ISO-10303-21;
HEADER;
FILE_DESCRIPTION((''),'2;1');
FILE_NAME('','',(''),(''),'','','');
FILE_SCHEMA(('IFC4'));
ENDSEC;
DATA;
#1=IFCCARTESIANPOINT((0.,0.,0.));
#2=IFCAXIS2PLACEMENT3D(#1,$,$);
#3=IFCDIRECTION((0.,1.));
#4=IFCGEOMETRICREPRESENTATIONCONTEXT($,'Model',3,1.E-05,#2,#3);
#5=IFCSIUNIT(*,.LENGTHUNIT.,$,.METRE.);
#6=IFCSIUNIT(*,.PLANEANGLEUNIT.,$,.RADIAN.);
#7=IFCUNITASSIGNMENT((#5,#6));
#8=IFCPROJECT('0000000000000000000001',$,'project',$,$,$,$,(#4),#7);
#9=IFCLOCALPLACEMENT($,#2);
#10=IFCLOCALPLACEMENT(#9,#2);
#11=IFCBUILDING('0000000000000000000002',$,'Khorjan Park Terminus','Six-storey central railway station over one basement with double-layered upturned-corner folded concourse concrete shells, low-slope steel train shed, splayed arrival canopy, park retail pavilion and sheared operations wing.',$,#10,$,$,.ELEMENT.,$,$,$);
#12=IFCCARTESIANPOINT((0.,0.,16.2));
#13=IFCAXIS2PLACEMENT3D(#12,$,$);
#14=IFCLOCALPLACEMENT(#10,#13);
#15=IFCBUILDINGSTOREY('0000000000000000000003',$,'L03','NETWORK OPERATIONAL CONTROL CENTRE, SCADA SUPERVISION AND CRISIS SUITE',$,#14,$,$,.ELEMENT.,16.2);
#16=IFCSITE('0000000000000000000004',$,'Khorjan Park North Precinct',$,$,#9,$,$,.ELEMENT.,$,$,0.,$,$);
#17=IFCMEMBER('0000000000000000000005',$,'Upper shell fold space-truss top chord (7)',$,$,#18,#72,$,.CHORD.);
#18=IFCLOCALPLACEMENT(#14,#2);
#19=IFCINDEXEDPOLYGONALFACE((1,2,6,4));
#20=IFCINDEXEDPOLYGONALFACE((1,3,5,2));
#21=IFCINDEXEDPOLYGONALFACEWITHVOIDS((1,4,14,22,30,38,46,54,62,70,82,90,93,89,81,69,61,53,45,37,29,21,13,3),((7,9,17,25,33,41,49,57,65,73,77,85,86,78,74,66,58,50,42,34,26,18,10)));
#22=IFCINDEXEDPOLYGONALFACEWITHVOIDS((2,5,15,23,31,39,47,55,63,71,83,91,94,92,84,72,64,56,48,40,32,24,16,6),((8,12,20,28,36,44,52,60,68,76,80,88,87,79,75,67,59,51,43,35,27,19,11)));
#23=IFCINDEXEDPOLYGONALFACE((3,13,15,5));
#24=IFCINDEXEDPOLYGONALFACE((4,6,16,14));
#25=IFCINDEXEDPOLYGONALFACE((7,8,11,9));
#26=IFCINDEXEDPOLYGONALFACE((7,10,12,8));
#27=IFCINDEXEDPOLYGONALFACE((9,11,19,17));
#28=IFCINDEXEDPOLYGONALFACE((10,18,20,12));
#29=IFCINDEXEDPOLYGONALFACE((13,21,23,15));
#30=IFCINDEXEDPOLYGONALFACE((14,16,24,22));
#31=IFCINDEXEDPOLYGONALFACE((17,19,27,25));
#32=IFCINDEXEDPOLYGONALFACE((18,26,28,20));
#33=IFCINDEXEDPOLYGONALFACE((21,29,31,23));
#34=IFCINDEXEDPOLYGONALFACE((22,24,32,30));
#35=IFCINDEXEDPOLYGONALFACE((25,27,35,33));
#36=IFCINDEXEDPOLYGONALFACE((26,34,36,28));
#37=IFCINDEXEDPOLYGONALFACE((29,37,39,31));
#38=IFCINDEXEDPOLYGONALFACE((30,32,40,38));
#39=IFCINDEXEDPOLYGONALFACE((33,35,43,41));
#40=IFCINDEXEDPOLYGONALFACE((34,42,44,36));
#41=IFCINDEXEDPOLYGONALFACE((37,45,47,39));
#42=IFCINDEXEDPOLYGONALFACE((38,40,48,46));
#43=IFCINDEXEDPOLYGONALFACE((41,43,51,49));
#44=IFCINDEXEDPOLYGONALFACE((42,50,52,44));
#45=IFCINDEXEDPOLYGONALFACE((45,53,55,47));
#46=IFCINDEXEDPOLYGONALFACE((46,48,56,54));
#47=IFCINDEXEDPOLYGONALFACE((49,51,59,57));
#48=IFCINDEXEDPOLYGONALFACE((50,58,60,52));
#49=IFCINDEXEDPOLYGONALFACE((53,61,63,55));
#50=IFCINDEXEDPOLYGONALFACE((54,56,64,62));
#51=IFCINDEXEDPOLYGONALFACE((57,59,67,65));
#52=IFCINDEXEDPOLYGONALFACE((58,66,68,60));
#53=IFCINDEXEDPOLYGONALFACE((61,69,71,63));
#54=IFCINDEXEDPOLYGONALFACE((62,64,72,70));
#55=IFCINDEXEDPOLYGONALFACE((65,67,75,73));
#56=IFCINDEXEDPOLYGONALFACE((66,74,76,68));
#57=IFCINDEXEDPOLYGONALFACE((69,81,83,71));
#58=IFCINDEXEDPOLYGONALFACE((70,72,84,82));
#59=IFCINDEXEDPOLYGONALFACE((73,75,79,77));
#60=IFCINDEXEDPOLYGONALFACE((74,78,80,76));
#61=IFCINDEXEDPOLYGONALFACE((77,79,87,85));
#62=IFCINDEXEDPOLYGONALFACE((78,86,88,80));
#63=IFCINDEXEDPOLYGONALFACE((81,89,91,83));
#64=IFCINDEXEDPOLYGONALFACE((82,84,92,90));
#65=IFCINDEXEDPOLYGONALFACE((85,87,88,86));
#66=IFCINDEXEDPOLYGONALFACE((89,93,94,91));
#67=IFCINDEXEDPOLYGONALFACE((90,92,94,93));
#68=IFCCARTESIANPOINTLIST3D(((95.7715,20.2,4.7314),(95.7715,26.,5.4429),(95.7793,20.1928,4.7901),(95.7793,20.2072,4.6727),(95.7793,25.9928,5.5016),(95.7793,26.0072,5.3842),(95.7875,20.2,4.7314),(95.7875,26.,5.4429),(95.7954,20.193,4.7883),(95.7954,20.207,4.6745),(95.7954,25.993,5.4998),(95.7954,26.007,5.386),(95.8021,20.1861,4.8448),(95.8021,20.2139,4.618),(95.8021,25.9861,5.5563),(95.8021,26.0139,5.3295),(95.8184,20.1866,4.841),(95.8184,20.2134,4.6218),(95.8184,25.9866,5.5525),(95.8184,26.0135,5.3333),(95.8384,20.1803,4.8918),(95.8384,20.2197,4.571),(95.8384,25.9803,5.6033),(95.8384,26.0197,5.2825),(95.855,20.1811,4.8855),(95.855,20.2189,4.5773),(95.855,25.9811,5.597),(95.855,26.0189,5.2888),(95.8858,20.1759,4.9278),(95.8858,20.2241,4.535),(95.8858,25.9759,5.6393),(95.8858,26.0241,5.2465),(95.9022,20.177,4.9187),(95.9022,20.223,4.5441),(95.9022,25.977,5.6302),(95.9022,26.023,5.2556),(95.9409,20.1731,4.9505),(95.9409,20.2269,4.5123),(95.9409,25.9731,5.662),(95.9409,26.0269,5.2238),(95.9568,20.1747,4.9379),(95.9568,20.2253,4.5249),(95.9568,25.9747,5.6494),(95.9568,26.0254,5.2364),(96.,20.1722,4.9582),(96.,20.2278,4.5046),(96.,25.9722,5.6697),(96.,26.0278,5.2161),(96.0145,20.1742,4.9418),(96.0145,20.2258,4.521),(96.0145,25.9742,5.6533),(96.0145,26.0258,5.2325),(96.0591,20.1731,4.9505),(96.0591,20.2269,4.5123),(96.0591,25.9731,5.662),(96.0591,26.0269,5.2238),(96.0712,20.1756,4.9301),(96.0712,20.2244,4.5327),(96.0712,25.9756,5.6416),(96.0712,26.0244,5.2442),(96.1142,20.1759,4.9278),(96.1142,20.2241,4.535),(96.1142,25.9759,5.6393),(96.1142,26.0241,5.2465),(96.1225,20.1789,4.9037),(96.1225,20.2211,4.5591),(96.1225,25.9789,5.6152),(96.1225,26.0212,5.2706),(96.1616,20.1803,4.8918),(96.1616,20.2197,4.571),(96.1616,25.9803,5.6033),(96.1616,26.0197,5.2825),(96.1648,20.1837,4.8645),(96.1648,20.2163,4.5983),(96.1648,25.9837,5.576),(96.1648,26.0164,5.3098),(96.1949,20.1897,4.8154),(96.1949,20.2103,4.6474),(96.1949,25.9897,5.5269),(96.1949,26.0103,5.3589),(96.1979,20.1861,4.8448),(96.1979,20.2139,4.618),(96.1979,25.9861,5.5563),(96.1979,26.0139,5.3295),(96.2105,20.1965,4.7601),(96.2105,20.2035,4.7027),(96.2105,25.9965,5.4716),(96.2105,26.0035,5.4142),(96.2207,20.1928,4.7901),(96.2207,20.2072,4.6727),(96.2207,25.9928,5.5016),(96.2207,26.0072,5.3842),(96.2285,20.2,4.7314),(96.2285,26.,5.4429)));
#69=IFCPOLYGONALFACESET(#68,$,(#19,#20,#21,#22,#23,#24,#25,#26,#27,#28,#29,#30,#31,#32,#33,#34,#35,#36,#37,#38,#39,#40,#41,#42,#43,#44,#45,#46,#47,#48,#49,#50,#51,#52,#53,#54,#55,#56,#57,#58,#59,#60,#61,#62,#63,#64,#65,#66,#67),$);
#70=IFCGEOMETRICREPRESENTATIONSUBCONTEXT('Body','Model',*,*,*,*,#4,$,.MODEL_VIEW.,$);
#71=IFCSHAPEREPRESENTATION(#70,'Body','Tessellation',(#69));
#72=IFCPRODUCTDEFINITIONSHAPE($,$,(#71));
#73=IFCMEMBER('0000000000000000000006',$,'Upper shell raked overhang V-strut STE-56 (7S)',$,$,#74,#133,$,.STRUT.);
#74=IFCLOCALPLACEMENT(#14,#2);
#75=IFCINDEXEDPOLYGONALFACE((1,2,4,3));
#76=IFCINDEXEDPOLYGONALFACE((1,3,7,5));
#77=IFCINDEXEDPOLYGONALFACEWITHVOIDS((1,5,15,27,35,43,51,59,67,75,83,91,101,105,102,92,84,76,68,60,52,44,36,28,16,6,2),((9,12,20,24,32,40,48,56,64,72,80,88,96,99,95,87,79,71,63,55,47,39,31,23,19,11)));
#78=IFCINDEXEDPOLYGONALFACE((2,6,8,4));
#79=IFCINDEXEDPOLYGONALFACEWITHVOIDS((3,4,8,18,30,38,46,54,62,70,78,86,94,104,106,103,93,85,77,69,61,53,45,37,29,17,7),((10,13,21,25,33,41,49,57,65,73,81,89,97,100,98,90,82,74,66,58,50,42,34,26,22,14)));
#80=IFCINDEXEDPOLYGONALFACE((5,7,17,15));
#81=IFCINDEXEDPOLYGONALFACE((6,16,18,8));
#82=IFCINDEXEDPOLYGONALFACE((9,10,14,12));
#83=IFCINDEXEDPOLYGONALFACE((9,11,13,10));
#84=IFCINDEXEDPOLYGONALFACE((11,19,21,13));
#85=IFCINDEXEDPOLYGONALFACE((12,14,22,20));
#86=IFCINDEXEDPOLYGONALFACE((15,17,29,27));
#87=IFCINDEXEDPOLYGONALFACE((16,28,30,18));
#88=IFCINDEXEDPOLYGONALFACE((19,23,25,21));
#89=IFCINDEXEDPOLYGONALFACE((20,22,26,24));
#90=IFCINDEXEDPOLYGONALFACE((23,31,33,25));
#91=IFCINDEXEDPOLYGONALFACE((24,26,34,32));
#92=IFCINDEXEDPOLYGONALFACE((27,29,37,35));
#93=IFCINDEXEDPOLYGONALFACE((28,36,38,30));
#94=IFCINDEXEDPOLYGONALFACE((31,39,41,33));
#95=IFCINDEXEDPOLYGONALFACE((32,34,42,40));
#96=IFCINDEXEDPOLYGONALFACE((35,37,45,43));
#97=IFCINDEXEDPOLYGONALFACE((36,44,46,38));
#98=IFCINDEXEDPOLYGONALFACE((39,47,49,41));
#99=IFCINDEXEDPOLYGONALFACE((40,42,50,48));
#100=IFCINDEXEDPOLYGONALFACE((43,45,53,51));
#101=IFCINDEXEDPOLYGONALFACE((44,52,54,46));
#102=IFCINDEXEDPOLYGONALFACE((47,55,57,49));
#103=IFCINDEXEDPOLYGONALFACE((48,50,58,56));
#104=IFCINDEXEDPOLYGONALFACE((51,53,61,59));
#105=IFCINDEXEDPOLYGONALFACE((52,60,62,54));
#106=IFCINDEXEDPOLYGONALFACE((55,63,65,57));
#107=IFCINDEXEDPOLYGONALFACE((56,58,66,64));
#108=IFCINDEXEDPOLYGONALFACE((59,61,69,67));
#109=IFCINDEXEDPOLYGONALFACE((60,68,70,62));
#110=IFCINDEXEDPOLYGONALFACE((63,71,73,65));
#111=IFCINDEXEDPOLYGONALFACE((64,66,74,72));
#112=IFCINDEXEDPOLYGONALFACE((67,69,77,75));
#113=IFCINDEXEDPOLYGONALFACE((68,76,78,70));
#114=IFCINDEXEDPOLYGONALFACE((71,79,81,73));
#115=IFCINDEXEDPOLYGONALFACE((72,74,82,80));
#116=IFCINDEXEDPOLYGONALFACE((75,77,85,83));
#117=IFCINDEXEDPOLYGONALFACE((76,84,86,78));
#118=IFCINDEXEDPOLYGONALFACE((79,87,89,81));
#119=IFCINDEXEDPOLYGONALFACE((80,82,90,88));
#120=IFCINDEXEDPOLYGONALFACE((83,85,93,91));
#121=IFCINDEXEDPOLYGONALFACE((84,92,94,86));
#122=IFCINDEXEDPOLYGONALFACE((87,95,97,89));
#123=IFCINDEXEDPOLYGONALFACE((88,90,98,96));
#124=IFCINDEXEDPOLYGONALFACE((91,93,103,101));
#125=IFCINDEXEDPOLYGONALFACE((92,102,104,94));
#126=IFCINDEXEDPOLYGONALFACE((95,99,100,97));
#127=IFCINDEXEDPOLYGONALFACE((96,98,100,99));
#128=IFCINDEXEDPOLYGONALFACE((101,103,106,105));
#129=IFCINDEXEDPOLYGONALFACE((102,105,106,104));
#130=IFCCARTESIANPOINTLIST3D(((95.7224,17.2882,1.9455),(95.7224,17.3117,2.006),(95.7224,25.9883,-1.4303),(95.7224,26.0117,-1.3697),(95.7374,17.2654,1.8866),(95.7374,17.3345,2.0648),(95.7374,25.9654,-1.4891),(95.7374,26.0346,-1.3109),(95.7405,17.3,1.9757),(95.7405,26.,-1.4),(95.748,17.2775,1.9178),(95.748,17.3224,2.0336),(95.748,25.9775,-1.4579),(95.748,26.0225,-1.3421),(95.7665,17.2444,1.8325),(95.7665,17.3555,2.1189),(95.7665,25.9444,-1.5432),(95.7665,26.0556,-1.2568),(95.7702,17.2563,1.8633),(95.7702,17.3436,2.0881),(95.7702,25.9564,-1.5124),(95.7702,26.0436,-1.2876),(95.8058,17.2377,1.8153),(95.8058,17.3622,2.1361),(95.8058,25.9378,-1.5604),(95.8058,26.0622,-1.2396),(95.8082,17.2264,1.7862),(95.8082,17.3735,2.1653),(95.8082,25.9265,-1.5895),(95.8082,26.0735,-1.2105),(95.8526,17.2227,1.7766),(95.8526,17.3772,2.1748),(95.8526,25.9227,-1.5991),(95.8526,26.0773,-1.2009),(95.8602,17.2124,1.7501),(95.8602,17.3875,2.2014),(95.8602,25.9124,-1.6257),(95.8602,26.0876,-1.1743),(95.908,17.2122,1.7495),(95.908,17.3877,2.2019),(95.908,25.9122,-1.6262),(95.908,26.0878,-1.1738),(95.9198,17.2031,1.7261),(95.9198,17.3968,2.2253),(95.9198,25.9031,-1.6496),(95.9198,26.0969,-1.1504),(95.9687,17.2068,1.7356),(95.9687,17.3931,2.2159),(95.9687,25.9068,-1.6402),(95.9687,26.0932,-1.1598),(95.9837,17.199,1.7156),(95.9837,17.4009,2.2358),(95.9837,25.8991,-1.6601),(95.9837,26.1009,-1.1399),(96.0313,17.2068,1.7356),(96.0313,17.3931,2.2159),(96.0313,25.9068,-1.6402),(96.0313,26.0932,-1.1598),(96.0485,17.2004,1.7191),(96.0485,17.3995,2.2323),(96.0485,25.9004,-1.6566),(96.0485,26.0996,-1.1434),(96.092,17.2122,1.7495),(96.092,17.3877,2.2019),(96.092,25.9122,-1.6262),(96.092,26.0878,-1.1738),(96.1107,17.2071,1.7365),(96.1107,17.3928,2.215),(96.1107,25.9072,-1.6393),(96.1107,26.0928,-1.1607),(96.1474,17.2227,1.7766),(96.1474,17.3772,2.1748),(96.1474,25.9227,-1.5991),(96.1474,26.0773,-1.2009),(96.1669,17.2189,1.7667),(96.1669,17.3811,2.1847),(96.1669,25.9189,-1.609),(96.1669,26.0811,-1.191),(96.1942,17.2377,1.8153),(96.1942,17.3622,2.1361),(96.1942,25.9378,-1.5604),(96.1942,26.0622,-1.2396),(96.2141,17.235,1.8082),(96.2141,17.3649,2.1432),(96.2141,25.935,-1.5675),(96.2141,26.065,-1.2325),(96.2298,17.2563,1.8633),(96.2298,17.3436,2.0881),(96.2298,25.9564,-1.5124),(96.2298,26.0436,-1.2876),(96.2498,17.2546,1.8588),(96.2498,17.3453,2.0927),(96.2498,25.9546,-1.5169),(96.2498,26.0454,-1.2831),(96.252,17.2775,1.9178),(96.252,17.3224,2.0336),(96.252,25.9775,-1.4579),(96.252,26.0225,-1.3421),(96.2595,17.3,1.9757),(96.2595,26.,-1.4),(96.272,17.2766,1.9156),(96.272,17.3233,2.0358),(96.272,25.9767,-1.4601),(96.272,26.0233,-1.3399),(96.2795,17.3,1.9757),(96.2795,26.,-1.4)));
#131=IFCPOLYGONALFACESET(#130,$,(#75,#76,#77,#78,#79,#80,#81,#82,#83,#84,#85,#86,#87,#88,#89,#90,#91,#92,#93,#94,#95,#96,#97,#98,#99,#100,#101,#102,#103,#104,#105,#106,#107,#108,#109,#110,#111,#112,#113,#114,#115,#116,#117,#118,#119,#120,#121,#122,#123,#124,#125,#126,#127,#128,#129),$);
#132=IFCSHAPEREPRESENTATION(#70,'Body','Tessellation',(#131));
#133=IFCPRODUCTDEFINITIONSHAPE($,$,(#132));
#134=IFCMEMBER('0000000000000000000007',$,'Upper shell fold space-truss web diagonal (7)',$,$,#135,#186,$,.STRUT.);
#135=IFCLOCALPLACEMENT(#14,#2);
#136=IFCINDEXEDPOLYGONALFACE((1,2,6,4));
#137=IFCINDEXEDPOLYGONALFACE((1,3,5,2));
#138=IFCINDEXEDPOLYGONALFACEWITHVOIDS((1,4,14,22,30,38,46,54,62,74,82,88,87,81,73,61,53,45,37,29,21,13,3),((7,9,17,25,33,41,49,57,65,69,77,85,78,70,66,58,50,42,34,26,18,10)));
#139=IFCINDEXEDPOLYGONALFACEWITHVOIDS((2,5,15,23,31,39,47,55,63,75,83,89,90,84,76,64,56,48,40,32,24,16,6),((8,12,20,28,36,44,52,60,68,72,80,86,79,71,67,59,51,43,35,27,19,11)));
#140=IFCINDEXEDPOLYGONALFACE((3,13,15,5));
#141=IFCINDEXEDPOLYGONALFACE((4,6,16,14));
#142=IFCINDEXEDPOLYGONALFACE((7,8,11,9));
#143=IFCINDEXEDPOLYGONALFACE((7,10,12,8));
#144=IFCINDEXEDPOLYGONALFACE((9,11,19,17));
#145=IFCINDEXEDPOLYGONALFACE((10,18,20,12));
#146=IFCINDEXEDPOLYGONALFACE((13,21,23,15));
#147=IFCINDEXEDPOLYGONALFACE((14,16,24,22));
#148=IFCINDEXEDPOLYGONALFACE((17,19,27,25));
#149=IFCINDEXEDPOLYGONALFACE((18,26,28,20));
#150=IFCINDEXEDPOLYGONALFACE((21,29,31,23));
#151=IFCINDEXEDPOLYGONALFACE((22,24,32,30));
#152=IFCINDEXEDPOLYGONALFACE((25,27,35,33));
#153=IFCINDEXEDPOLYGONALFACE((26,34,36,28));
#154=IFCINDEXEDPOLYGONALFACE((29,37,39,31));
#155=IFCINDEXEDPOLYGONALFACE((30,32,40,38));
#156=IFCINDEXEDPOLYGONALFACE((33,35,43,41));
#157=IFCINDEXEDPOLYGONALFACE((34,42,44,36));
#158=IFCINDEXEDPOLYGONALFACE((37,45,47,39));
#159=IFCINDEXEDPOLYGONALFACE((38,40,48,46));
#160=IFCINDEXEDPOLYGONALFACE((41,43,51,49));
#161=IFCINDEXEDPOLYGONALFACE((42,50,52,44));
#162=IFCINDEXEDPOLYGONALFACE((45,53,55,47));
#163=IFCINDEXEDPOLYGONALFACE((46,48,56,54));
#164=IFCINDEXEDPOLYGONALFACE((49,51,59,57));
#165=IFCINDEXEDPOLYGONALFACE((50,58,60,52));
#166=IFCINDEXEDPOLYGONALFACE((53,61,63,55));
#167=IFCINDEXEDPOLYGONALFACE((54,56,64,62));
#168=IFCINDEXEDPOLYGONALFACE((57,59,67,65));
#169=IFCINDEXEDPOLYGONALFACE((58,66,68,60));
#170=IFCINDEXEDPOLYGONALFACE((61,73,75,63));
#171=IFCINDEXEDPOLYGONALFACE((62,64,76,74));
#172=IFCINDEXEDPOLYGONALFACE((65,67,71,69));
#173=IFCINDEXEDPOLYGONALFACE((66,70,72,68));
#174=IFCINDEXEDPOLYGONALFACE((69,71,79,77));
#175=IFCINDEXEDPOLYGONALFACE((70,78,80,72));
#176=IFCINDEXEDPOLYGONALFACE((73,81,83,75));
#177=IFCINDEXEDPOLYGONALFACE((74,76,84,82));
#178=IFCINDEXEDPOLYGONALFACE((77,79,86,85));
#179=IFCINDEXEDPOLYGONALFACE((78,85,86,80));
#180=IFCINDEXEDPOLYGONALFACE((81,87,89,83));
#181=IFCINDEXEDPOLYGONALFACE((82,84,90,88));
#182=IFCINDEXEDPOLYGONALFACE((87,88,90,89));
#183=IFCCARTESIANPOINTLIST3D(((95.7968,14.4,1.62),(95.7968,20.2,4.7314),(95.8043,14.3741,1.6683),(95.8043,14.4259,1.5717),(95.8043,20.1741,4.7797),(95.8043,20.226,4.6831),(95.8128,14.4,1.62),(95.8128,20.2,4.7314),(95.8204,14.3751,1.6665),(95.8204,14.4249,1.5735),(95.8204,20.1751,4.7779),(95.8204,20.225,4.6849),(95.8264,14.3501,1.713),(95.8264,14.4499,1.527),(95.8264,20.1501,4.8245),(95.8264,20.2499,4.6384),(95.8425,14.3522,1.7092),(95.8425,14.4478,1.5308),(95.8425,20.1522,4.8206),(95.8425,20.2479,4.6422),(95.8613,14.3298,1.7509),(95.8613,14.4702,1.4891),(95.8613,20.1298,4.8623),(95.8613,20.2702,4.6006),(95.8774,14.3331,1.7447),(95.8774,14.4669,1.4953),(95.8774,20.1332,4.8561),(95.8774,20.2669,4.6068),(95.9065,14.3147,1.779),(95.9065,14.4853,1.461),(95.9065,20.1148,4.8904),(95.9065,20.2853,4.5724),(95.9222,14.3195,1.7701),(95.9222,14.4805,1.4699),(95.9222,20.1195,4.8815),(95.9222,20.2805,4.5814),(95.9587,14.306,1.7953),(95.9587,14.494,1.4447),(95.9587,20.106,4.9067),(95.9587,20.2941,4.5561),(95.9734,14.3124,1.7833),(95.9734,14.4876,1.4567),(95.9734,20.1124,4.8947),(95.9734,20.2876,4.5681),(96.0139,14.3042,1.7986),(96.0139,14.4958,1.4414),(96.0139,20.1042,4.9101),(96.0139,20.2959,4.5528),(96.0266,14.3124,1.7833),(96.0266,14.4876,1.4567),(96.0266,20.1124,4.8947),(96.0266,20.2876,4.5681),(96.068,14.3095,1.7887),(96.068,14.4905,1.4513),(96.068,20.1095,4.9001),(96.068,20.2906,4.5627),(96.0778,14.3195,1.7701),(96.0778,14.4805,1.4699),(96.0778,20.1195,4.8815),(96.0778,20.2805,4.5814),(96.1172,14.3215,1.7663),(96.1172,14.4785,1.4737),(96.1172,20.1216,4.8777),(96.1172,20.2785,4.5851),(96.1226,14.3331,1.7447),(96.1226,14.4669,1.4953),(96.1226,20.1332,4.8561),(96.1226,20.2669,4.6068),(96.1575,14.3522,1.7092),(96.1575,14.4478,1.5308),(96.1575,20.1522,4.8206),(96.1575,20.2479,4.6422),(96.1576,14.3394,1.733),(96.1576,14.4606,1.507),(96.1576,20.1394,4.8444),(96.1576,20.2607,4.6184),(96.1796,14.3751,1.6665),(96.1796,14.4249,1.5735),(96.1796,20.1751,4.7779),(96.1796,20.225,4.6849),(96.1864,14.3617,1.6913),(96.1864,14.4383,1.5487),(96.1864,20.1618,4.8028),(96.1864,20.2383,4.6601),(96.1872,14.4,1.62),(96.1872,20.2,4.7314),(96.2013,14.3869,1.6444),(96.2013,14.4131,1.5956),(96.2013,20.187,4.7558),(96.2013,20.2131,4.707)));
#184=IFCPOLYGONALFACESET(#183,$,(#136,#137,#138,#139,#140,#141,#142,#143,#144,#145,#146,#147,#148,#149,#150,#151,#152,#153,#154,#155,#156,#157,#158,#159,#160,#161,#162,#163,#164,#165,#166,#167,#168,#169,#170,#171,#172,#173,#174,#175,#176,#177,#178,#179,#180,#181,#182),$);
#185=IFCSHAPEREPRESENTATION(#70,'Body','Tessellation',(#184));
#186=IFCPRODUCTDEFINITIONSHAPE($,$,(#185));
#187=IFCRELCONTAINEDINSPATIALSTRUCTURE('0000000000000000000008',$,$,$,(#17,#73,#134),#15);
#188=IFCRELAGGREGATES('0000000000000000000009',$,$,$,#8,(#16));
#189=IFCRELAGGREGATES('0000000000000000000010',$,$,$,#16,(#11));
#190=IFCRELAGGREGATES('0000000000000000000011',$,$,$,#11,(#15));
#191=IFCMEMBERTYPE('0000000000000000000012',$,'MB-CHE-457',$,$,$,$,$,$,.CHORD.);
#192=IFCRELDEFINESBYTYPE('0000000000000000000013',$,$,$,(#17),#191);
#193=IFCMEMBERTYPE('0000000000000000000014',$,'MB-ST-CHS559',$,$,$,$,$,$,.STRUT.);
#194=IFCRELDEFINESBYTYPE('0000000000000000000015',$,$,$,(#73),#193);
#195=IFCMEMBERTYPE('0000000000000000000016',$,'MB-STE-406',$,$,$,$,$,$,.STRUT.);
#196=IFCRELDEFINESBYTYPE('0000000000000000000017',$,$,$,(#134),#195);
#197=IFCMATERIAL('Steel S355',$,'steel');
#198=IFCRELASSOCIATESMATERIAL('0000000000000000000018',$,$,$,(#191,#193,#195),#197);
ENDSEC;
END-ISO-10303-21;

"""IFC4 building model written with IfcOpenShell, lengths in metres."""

from ifc_helpers import new_model, si_unit, direction, frame, origin, origin_2d, place, context, subcontext, project, spatial, hollow_circle, extrude, material, material_profile, profile_set, type_object, element, save


model = new_model("IFC4")

# Units and contexts
model_context = context("Model", 3, precision=1e-05, world=origin(), true_north=direction((0.0, 1.0)))
body_context = subcontext(model_context, "Body", "Model", "MODEL_VIEW")
ifc_project = project(units=[si_unit("LENGTHUNIT", "METRE"), si_unit("PLANEANGLEUNIT", "RADIAN")], contexts=[model_context])

# Site, building, storey
site_placement = place(None, origin())
site = spatial("IfcSite", under=ifc_project, at=site_placement, Name="Khorjan Park North Precinct", CompositionType="ELEMENT", RefElevation=0.0)
building_placement = place(site_placement, origin())
building = spatial("IfcBuilding", under=site, at=building_placement, Name="Khorjan Park Terminus", Description="Six-storey central railway station over one basement with double-layered upturned-corner folded concourse concrete shells, low-slope steel train shed, splayed arrival canopy, park retail pavilion and sheared operations wing.", CompositionType="ELEMENT")
storey_placement = place(building_placement, frame((0.0, 0.0, 16.2)))
storey = spatial("IfcBuildingStorey", under=building, at=storey_placement, Name="L03", Description="NETWORK OPERATIONAL CONTROL CENTRE, SCADA SUPERVISION AND CRISIS SUITE", CompositionType="ELEMENT", Elevation=16.2)

# Members
ifc_material_1 = material(Name="Steel S355", Category="steel")
ifc_material_profile_1 = material_profile(ifc_material_1, hollow_circle(Radius=0.2285, WallThickness=0.016, at=origin_2d()), Name="CHS 457x16")
ifc_profile_set_1 = profile_set([ifc_material_profile_1], Name="Steel S355")
member_type_1 = type_object("IfcMemberType", Name="MB-CHE-457", PredefinedType="CHORD", material=ifc_profile_set_1)
for number, where, z_axis, x_axis, name in (
    (1, (96.0, 20.2, 4.7314), (0.0, 0.99256, 0.12176), (-1.0, 0.0, 0.0), "Upper shell fold space-truss top chord (7)"),
):
    element("IfcMember", number, at=place(storey_placement, frame(where, z_axis=z_axis, x_axis=x_axis)), inside=storey, type_object=member_type_1, Name=name, PredefinedType="CHORD", context=body_context, shape_type="SweptSolid", body=[
        extrude(hollow_circle(Radius=0.2285, WallThickness=0.016, at=origin_2d()), origin(), (0.0, 0.0, 1.0), 5.8435),
    ])
ifc_material_profile_2 = material_profile(ifc_material_1, hollow_circle(Radius=0.2795, WallThickness=0.02, at=origin_2d()), Name="CHS 559x20")
ifc_profile_set_2 = profile_set([ifc_material_profile_2], Name="Steel S355")
member_type_2 = type_object("IfcMemberType", Name="MB-ST-CHS559", PredefinedType="STRUT", material=ifc_profile_set_2)
member_1_placement = place(storey_placement, frame((96.0, 26.0, -1.4), z_axis=(0.0, -0.932281, 0.361736), x_axis=(1.0, 0.0, 0.0)))
element("IfcMember", 2, at=member_1_placement, inside=storey, type_object=member_type_2, Name="Upper shell raked overhang V-strut STE-56 (7S)", PredefinedType="STRUT", context=body_context, shape_type="SweptSolid", body=[
    extrude(hollow_circle(Radius=0.2795, WallThickness=0.02, at=origin_2d()), origin(), (0.0, 0.0, 1.0), 9.332),
])
ifc_material_profile_3 = material_profile(ifc_material_1, hollow_circle(Radius=0.2032, WallThickness=0.016, at=origin_2d()), Name="CHS 406.4x16")
ifc_profile_set_3 = profile_set([ifc_material_profile_3], Name="Steel S355")
member_type_3 = type_object("IfcMemberType", Name="MB-STE-406", PredefinedType="STRUT", material=ifc_profile_set_3)
member_2_placement = place(storey_placement, frame((96.0, 14.4, 1.62), z_axis=(0.0, 0.881211, 0.472724), x_axis=(-1.0, 0.0, 0.0)))
element("IfcMember", 3, at=member_2_placement, inside=storey, type_object=member_type_3, Name="Upper shell fold space-truss web diagonal (7)", PredefinedType="STRUT", context=body_context, shape_type="SweptSolid", body=[
    extrude(hollow_circle(Radius=0.2032, WallThickness=0.016, at=origin_2d()), origin(), (0.0, 0.0, 1.0), 6.5819),
])

save(model, "model.ifc")
